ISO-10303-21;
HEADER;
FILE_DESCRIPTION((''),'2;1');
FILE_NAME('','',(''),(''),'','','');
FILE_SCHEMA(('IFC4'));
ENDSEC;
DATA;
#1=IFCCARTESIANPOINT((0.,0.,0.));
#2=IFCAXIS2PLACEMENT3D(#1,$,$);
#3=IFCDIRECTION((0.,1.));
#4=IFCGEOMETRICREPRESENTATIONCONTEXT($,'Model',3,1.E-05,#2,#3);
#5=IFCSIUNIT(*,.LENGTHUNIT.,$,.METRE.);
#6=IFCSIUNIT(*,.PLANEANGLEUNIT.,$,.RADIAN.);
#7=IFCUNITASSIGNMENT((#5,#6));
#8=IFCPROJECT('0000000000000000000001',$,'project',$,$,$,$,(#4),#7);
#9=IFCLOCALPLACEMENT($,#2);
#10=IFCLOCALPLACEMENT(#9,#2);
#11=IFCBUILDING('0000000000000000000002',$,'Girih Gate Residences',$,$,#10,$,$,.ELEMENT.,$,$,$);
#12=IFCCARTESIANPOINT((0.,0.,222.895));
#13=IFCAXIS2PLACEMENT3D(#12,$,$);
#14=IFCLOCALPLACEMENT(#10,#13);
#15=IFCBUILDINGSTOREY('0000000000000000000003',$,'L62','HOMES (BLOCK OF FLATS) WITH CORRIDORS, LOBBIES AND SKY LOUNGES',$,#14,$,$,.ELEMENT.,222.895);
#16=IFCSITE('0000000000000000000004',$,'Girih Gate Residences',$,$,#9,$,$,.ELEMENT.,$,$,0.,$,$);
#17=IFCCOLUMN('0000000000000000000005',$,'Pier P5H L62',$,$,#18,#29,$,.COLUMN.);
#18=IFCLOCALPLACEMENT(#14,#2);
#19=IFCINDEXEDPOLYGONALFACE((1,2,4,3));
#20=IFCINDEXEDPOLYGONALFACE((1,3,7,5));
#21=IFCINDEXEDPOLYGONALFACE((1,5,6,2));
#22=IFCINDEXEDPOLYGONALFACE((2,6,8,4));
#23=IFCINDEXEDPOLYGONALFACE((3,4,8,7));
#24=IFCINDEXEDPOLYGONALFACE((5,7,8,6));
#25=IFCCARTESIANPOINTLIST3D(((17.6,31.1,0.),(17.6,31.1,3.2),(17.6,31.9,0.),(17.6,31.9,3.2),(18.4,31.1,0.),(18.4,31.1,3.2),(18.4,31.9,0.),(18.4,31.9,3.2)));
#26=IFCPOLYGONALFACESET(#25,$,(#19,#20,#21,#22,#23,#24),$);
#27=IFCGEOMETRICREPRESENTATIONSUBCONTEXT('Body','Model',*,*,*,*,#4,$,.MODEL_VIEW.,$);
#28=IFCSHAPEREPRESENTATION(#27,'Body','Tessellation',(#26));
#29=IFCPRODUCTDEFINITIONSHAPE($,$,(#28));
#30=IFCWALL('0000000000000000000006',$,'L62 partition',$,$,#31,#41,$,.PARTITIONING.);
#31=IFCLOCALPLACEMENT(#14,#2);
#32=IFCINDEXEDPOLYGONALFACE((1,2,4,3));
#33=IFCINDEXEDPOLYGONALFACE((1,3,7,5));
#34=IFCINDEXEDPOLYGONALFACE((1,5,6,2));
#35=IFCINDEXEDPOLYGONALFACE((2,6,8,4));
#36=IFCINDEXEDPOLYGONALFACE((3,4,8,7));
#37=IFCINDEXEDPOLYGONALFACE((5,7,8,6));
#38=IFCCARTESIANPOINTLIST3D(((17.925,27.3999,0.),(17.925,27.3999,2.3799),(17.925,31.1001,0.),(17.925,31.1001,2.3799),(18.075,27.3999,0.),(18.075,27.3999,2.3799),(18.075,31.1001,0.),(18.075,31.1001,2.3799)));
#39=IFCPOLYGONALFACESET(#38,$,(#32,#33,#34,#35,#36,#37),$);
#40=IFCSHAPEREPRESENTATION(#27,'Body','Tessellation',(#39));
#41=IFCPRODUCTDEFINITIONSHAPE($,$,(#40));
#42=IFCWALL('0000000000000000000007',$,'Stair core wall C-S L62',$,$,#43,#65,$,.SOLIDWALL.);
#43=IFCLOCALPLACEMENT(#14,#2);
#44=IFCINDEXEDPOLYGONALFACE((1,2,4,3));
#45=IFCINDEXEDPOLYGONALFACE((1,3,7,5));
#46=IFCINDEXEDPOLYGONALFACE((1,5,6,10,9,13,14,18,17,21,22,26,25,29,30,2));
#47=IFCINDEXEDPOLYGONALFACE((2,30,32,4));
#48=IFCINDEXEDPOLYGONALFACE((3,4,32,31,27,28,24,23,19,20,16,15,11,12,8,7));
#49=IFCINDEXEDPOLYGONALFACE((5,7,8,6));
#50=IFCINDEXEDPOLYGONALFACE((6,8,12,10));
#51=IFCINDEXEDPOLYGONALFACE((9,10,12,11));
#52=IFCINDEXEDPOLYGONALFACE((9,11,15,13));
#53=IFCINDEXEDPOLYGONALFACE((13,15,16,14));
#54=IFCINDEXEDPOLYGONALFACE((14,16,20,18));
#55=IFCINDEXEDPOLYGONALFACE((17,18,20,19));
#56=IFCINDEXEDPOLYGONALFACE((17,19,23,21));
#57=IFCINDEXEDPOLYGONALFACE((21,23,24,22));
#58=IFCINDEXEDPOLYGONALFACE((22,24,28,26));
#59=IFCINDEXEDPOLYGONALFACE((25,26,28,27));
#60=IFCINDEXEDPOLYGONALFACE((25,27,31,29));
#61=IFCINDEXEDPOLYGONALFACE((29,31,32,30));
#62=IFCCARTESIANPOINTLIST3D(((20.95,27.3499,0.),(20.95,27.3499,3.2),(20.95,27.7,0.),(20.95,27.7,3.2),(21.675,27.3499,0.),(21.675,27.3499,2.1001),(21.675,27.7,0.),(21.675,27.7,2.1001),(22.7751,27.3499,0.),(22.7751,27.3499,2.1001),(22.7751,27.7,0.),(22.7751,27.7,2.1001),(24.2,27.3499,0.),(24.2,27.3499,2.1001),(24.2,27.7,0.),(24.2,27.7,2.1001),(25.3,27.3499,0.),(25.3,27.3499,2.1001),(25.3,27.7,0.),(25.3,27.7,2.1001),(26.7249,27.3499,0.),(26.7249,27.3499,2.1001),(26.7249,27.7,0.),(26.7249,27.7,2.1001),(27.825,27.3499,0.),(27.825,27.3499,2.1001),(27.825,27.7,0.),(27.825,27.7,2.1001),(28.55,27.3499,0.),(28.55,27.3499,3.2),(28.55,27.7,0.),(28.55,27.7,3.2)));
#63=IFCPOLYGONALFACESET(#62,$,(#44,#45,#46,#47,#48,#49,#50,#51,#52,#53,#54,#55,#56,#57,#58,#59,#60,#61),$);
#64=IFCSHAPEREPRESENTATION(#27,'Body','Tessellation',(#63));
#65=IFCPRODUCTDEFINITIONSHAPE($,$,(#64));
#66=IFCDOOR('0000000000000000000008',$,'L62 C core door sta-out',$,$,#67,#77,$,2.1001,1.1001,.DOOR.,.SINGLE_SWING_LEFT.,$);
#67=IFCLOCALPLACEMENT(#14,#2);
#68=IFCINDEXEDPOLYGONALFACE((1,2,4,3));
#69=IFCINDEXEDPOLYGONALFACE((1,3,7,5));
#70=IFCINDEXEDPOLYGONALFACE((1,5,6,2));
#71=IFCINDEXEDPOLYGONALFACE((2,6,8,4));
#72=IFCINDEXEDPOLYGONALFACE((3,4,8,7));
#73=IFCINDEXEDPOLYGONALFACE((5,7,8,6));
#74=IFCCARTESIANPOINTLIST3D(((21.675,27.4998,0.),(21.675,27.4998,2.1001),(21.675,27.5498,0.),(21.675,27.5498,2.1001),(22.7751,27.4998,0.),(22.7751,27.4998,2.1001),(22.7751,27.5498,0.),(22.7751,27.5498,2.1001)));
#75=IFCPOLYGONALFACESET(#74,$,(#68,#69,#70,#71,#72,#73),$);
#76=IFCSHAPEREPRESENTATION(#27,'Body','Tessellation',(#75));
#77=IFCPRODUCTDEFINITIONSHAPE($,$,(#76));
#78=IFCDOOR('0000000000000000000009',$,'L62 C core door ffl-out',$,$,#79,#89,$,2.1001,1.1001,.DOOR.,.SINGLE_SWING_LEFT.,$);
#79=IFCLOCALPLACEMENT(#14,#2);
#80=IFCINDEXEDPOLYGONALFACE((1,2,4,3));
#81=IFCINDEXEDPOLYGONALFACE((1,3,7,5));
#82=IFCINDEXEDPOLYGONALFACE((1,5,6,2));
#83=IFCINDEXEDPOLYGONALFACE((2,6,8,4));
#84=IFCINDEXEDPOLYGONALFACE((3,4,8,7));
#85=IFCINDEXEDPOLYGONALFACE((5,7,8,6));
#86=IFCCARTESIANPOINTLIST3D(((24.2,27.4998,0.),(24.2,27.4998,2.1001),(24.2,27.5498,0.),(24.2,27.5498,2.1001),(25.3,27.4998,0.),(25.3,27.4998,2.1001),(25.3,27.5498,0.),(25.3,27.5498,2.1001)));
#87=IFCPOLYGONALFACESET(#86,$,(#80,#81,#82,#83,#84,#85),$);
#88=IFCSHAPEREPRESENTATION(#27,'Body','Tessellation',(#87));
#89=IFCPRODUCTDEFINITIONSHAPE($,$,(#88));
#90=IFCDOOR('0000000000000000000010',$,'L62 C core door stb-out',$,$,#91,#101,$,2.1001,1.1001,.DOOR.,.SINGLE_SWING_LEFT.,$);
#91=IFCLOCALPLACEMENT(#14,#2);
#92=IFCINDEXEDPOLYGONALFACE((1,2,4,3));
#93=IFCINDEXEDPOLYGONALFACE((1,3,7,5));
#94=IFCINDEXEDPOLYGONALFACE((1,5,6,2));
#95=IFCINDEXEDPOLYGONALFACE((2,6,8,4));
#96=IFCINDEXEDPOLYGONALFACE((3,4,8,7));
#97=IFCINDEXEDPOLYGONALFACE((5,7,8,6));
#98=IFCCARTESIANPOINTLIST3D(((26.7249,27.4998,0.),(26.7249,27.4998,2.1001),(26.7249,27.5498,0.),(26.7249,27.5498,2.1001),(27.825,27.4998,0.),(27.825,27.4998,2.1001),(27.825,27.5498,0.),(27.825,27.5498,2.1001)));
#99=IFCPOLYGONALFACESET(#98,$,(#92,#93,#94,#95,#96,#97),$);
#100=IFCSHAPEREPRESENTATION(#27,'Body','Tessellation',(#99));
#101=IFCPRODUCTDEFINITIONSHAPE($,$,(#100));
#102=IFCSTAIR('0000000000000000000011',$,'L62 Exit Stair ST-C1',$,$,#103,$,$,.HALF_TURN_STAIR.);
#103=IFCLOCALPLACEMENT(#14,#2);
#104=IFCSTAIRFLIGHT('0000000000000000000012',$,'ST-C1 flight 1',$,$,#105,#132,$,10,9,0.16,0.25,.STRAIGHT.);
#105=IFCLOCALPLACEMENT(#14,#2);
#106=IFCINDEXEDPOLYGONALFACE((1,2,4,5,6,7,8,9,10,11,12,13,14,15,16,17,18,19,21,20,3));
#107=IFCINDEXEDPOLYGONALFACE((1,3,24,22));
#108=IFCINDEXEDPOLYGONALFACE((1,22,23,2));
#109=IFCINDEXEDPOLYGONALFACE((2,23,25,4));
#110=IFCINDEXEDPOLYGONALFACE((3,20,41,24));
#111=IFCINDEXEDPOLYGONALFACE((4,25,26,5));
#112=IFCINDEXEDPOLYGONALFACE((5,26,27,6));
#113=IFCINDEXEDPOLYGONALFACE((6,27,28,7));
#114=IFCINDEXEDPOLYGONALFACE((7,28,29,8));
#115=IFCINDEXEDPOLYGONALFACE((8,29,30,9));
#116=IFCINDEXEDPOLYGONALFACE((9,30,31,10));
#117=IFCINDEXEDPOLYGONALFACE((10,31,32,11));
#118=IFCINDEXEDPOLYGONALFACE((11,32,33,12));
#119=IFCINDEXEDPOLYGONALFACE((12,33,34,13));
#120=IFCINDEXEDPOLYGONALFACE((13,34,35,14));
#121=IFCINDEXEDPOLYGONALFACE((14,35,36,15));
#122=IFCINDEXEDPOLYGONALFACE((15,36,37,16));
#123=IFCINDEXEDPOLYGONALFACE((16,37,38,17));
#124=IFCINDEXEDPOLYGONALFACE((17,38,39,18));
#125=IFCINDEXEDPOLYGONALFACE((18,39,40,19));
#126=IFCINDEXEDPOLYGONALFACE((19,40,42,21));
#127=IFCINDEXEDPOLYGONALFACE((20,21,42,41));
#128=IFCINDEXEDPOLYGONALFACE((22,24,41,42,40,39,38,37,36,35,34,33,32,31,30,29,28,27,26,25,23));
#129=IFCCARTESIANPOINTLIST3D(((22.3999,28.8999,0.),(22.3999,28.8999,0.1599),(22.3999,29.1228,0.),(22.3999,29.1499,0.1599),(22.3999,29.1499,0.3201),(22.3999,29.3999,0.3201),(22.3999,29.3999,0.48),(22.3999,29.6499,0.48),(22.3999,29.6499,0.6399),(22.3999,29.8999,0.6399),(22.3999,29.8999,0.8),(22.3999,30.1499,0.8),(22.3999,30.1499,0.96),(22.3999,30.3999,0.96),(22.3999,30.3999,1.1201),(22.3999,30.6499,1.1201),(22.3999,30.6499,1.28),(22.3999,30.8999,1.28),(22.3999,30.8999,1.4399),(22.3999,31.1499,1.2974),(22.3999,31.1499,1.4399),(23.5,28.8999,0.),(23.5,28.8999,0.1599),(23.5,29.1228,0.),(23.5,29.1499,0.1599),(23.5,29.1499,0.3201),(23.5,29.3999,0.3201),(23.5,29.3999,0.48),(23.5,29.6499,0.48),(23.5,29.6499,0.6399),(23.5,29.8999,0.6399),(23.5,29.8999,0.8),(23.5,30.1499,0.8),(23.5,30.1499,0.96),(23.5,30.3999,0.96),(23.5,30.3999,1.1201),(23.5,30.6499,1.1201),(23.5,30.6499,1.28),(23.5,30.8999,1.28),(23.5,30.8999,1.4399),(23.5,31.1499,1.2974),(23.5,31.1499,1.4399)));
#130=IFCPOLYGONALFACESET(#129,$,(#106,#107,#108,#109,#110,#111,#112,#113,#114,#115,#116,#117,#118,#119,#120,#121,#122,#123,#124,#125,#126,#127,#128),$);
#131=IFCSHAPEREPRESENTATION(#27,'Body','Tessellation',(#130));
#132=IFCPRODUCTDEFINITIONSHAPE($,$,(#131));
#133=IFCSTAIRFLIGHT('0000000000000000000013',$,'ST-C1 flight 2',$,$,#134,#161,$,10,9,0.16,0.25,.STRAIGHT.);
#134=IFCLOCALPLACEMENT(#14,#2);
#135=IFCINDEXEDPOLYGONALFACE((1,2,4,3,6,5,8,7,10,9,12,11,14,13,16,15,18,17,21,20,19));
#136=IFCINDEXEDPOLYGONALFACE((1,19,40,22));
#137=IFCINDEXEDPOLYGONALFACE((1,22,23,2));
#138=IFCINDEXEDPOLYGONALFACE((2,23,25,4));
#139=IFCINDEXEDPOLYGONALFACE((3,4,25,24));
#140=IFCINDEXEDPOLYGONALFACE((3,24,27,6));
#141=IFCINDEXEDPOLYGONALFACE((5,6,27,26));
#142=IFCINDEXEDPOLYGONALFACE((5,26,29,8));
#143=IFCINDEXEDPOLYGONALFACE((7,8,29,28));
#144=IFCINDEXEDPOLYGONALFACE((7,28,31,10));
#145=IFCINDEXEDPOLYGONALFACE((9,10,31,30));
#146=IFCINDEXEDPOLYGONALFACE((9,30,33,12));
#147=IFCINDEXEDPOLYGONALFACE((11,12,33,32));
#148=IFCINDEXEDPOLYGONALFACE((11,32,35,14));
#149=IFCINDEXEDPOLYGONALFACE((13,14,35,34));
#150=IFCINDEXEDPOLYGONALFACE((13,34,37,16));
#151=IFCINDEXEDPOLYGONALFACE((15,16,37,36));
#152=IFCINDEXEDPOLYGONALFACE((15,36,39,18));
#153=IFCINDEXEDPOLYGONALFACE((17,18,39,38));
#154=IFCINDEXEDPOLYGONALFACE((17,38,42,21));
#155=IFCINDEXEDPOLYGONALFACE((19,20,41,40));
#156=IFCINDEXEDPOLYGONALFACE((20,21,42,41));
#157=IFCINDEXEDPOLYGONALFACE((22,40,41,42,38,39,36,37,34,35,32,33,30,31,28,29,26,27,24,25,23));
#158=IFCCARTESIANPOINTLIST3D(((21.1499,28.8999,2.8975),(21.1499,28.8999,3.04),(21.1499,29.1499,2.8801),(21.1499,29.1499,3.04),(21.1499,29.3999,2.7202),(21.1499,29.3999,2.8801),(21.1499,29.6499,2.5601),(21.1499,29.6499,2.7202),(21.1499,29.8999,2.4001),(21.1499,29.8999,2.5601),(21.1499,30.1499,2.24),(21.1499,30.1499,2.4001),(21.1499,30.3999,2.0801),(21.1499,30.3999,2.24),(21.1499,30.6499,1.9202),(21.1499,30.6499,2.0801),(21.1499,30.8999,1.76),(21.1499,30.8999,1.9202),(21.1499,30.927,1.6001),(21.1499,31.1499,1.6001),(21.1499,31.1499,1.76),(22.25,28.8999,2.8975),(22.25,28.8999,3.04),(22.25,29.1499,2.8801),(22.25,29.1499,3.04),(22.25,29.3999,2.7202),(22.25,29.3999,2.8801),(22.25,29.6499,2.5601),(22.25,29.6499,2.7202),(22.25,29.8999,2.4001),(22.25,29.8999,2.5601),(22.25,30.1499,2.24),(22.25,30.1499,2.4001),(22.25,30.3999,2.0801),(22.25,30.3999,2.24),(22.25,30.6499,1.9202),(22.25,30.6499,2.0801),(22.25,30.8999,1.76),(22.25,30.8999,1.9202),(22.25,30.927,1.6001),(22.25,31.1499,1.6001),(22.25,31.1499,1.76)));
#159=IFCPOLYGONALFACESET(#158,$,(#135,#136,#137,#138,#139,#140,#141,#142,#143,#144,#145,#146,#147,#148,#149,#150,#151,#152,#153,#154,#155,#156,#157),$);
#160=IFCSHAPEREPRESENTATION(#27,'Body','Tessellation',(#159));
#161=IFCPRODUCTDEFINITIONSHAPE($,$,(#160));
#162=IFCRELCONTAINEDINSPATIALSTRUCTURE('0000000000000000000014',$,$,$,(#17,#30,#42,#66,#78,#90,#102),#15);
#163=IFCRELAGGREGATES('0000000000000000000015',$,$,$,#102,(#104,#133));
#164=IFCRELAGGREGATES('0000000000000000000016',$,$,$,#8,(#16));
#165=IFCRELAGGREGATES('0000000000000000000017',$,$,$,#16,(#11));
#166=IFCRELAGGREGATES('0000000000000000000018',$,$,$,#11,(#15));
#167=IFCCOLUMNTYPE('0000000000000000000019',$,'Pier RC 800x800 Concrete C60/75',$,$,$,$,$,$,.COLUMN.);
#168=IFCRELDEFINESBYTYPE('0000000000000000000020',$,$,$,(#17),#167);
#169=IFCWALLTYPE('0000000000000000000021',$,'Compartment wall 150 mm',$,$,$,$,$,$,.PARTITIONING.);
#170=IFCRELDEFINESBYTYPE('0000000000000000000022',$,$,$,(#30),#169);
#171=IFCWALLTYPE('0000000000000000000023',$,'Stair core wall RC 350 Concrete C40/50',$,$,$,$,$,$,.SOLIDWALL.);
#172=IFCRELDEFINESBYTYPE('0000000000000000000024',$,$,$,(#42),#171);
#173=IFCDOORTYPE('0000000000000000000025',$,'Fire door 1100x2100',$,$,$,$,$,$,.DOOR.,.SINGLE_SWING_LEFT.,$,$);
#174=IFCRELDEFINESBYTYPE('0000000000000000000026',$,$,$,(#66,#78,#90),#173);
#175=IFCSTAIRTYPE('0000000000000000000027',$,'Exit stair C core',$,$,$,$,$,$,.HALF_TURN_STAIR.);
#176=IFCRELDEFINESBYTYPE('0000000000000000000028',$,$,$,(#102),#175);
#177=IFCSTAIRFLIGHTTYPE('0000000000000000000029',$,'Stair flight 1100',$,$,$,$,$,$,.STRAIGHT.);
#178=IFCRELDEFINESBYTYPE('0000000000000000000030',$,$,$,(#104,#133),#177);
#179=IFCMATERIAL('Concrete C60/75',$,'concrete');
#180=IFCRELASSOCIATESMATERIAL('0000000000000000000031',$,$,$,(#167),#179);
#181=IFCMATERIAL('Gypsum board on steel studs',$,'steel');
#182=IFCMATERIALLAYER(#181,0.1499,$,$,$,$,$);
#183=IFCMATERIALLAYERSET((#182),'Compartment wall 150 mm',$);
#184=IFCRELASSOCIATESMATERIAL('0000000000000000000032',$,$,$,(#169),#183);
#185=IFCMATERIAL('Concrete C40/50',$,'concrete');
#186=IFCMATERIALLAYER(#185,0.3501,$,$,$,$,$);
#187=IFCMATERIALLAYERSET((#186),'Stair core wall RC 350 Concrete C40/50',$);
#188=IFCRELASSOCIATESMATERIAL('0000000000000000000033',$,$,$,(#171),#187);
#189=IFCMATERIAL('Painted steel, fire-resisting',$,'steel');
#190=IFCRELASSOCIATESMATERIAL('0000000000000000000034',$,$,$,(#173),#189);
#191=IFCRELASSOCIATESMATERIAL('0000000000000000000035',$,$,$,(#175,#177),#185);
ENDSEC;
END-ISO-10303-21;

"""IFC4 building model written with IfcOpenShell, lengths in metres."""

from ifc_helpers import new_model, si_unit, direction, frame, frame_2d, origin, origin_2d, place, context, subcontext, project, spatial, polyline, rectangle, outline, extrude, material, layer, layer_set, material_profile, profile_set, type_object, element, fill, aggregate, save


model = new_model("IFC4")

# Units and contexts
model_context = context("Model", 3, precision=1e-05, world=origin(), true_north=direction((0.0, 1.0)))
body_context = subcontext(model_context, "Body", "Model", "MODEL_VIEW")
ifc_project = project(units=[si_unit("LENGTHUNIT", "METRE"), si_unit("PLANEANGLEUNIT", "RADIAN")], contexts=[model_context])

# Site, building, storey
site_placement = place(None, origin())
site = spatial("IfcSite", under=ifc_project, at=site_placement, Name="Girih Gate Residences", CompositionType="ELEMENT", RefElevation=0.0)
building_placement = place(site_placement, origin())
building = spatial("IfcBuilding", under=site, at=building_placement, Name="Girih Gate Residences", CompositionType="ELEMENT")
storey_placement = place(building_placement, frame((0.0, 0.0, 222.895)))
storey = spatial("IfcBuildingStorey", under=building, at=storey_placement, Name="L62", Description="HOMES (BLOCK OF FLATS) WITH CORRIDORS, LOBBIES AND SKY LOUNGES", CompositionType="ELEMENT", Elevation=222.895)

# Column
ifc_material_1 = material(Name="Concrete C60/75", Category="concrete")
ifc_material_profile = material_profile(ifc_material_1, rectangle(XDim=0.8, YDim=0.8, at=origin_2d()))
ifc_profile_set = profile_set([ifc_material_profile], Name="Concrete C60/75")
column_type = type_object("IfcColumnType", Name="Pier RC 800x800 Concrete C60/75", PredefinedType="COLUMN", material=ifc_profile_set)
column_placement = place(storey_placement, frame((18.0, 31.5, 0.0), z_axis=(0.0, 0.0, 1.0), x_axis=(1.0, 0.0, 0.0)))
element("IfcColumn", 1, at=column_placement, inside=storey, type_object=column_type, Name="Pier P5H L62", PredefinedType="COLUMN", context=body_context, shape_type="SweptSolid", body=[
    extrude(rectangle(XDim=0.8, YDim=0.8, at=origin_2d()), origin(), (0.0, 0.0, 1.0), 3.2),
])

# Wall
ifc_material_2 = material(Name="Gypsum board on steel studs", Category="steel")
ifc_layer_1 = layer(ifc_material_2, 0.1499)
ifc_layer_set_1 = layer_set([ifc_layer_1], Name="Compartment wall 150 mm")
wall_type_1 = type_object("IfcWallType", Name="Compartment wall 150 mm", PredefinedType="PARTITIONING", material=ifc_layer_set_1)
wall_1_placement = place(storey_placement, frame((18.0, 27.3999, 0.0), z_axis=(0.0, 0.0, 1.0), x_axis=(0.0, 1.0, 0.0)))
element("IfcWall", 2, at=wall_1_placement, inside=storey, type_object=wall_type_1, Name="L62 partition", PredefinedType="PARTITIONING", context=body_context, shape_type="SweptSolid", body=[
    extrude(rectangle(XDim=3.7002, YDim=0.1499, at=frame_2d((1.8501, 0.0))), origin(), (0.0, 0.0, 1.0), 2.3799),
])

# Wall, openings, doors
ifc_material_3 = material(Name="Concrete C40/50", Category="concrete")
ifc_layer_2 = layer(ifc_material_3, 0.3501)
ifc_layer_set_2 = layer_set([ifc_layer_2], Name="Stair core wall RC 350 Concrete C40/50")
wall_type_2 = type_object("IfcWallType", Name="Stair core wall RC 350 Concrete C40/50", PredefinedType="SOLIDWALL", material=ifc_layer_set_2)
wall_2_placement = place(storey_placement, frame((20.95, 27.5249, 0.0), z_axis=(0.0, 0.0, 1.0), x_axis=(1.0, 0.0, 0.0)))
wall_2 = element("IfcWall", 3, at=wall_2_placement, inside=storey, type_object=wall_type_2, Name="Stair core wall C-S L62", PredefinedType="SOLIDWALL", context=body_context, shape_type="SweptSolid", body=[
    extrude(rectangle(XDim=7.6001, YDim=0.3501, at=frame_2d((3.8, 0.0))), origin(), (0.0, 0.0, 1.0), 3.2),
])
opening_1_placement = place(wall_2_placement, frame((0.7251, 0.0, 0.0)))
opening_1 = element("IfcOpeningElement", 4, at=opening_1_placement, cuts=wall_2, PredefinedType="OPENING", context=body_context, shape_type="SweptSolid", body=[
    extrude(rectangle(XDim=1.1001, YDim=2.1001, at=frame_2d((0.55, 1.05))), frame((0.0, 0.1851, 0.0), z_axis=(0.0, -1.0, 0.0), x_axis=(1.0, 0.0, 0.0)), (0.0, 0.0, 1.0), 0.3701),
])
opening_2_placement = place(wall_2_placement, frame((3.25, 0.0, 0.0)))
opening_2 = element("IfcOpeningElement", 5, at=opening_2_placement, cuts=wall_2, PredefinedType="OPENING", context=body_context, shape_type="SweptSolid", body=[
    extrude(rectangle(XDim=1.1001, YDim=2.1001, at=frame_2d((0.55, 1.05))), frame((0.0, 0.1851, 0.0), z_axis=(0.0, -1.0, 0.0), x_axis=(1.0, 0.0, 0.0)), (0.0, 0.0, 1.0), 0.3701),
])
opening_3_placement = place(wall_2_placement, frame((5.7749, 0.0, 0.0)))
opening_3 = element("IfcOpeningElement", 6, at=opening_3_placement, cuts=wall_2, PredefinedType="OPENING", context=body_context, shape_type="SweptSolid", body=[
    extrude(rectangle(XDim=1.1001, YDim=2.1001, at=frame_2d((0.55, 1.05))), frame((0.0, 0.1851, 0.0), z_axis=(0.0, -1.0, 0.0), x_axis=(1.0, 0.0, 0.0)), (0.0, 0.0, 1.0), 0.3701),
])
ifc_material_4 = material(Name="Painted steel, fire-resisting", Category="steel")
door_type = type_object("IfcDoorType", Name="Fire door 1100x2100", OperationType="SINGLE_SWING_LEFT", PredefinedType="DOOR", material=ifc_material_4)
door_1_placement = place(opening_1_placement, origin())
door_1 = element("IfcDoor", 7, at=door_1_placement, inside=storey, type_object=door_type, Name="L62 C core door sta-out", OperationType="SINGLE_SWING_LEFT", OverallHeight=2.1001, OverallWidth=1.1001, PredefinedType="DOOR", context=body_context, shape_type="SweptSolid", body=[
    extrude(rectangle(XDim=1.1001, YDim=2.1001, at=frame_2d((0.55, 1.05))), frame((0.0, 0.0249, 0.0), z_axis=(0.0, -1.0, 0.0), x_axis=(1.0, 0.0, 0.0)), (0.0, 0.0, 1.0), 0.05),
])
fill(opening_1, door_1)
door_2_placement = place(opening_2_placement, origin())
door_2 = element("IfcDoor", 8, at=door_2_placement, inside=storey, type_object=door_type, Name="L62 C core door ffl-out", OperationType="SINGLE_SWING_LEFT", OverallHeight=2.1001, OverallWidth=1.1001, PredefinedType="DOOR", context=body_context, shape_type="SweptSolid", body=[
    extrude(rectangle(XDim=1.1001, YDim=2.1001, at=frame_2d((0.55, 1.05))), frame((0.0, 0.0249, 0.0), z_axis=(0.0, -1.0, 0.0), x_axis=(1.0, 0.0, 0.0)), (0.0, 0.0, 1.0), 0.05),
])
fill(opening_2, door_2)
door_3_placement = place(opening_3_placement, origin())
door_3 = element("IfcDoor", 9, at=door_3_placement, inside=storey, type_object=door_type, Name="L62 C core door stb-out", OperationType="SINGLE_SWING_LEFT", OverallHeight=2.1001, OverallWidth=1.1001, PredefinedType="DOOR", context=body_context, shape_type="SweptSolid", body=[
    extrude(rectangle(XDim=1.1001, YDim=2.1001, at=frame_2d((0.55, 1.05))), frame((0.0, 0.0249, 0.0), z_axis=(0.0, -1.0, 0.0), x_axis=(1.0, 0.0, 0.0)), (0.0, 0.0, 1.0), 0.05),
])
fill(opening_3, door_3)

# Stair, stair flights
stair_type = type_object("IfcStairType", Name="Exit stair C core", PredefinedType="HALF_TURN_STAIR", material=ifc_material_3)
stair_placement = place(storey_placement, origin())
stair = element("IfcStair", 10, at=stair_placement, inside=storey, type_object=stair_type, Name="L62 Exit Stair ST-C1", PredefinedType="HALF_TURN_STAIR")
stair_flight_type = type_object("IfcStairFlightType", Name="Stair flight 1100", PredefinedType="STRAIGHT", material=ifc_material_3)
stair_flight_1_placement = place(storey_placement, frame((22.95, 28.8999, 0.0), z_axis=(0.0, 0.0, 1.0), x_axis=(0.0, 1.0, 0.0)))
stair_flight_1 = element("IfcStairFlight", 11, at=stair_flight_1_placement, type_object=stair_flight_type, Name="ST-C1 flight 1", NumberOfRisers=10, NumberOfTreads=9, PredefinedType="STRAIGHT", RiserHeight=0.16, TreadLength=0.25, context=body_context, shape_type="SweptSolid", body=[
    extrude(outline(polyline([(0.0, 0.0), (0.0, 0.1599), (0.25, 0.1599), (0.25, 0.3201), (0.5, 0.3201), (0.5, 0.48), (0.75, 0.48), (0.75, 0.6399), (1.0, 0.6399), (1.0, 0.8), (1.25, 0.8), (1.25, 0.96), (1.5, 0.96), (1.5, 1.1201), (1.75, 1.1201), (1.75, 1.28), (2.0, 1.28), (2.0, 1.4399), (2.25, 1.4399), (2.25, 1.6001), (2.25, 1.2974), (0.2229, 0.0), (0.0, 0.0)])), frame((0.0, 0.55, 0.0), z_axis=(0.0, -1.0, 0.0), x_axis=(1.0, 0.0, 0.0)), (0.0, 0.0, 1.0), 1.1001),
])
stair_flight_2_placement = place(storey_placement, frame((21.7, 31.1499, 1.6001), z_axis=(0.0, 0.0, 1.0), x_axis=(0.0, -1.0, 0.0)))
stair_flight_2 = element("IfcStairFlight", 12, at=stair_flight_2_placement, type_object=stair_flight_type, Name="ST-C1 flight 2", NumberOfRisers=10, NumberOfTreads=9, PredefinedType="STRAIGHT", RiserHeight=0.16, TreadLength=0.25, context=body_context, shape_type="SweptSolid", body=[
    extrude(outline(polyline([(0.0, 0.0), (0.0, 0.1599), (0.25, 0.1599), (0.25, 0.3201), (0.5, 0.3201), (0.5, 0.48), (0.75, 0.48), (0.75, 0.6399), (1.0, 0.6399), (1.0, 0.8), (1.25, 0.8), (1.25, 0.96), (1.5, 0.96), (1.5, 1.1201), (1.75, 1.1201), (1.75, 1.28), (2.0, 1.28), (2.0, 1.4399), (2.25, 1.4399), (2.25, 1.6001), (2.25, 1.2974), (0.2229, 0.0), (0.0, 0.0)])), frame((0.0, 0.55, 0.0), z_axis=(0.0, -1.0, 0.0), x_axis=(1.0, 0.0, 0.0)), (0.0, 0.0, 1.0), 1.1001),
])
aggregate(stair, [stair_flight_1, stair_flight_2])

save(model, "model.ifc")
